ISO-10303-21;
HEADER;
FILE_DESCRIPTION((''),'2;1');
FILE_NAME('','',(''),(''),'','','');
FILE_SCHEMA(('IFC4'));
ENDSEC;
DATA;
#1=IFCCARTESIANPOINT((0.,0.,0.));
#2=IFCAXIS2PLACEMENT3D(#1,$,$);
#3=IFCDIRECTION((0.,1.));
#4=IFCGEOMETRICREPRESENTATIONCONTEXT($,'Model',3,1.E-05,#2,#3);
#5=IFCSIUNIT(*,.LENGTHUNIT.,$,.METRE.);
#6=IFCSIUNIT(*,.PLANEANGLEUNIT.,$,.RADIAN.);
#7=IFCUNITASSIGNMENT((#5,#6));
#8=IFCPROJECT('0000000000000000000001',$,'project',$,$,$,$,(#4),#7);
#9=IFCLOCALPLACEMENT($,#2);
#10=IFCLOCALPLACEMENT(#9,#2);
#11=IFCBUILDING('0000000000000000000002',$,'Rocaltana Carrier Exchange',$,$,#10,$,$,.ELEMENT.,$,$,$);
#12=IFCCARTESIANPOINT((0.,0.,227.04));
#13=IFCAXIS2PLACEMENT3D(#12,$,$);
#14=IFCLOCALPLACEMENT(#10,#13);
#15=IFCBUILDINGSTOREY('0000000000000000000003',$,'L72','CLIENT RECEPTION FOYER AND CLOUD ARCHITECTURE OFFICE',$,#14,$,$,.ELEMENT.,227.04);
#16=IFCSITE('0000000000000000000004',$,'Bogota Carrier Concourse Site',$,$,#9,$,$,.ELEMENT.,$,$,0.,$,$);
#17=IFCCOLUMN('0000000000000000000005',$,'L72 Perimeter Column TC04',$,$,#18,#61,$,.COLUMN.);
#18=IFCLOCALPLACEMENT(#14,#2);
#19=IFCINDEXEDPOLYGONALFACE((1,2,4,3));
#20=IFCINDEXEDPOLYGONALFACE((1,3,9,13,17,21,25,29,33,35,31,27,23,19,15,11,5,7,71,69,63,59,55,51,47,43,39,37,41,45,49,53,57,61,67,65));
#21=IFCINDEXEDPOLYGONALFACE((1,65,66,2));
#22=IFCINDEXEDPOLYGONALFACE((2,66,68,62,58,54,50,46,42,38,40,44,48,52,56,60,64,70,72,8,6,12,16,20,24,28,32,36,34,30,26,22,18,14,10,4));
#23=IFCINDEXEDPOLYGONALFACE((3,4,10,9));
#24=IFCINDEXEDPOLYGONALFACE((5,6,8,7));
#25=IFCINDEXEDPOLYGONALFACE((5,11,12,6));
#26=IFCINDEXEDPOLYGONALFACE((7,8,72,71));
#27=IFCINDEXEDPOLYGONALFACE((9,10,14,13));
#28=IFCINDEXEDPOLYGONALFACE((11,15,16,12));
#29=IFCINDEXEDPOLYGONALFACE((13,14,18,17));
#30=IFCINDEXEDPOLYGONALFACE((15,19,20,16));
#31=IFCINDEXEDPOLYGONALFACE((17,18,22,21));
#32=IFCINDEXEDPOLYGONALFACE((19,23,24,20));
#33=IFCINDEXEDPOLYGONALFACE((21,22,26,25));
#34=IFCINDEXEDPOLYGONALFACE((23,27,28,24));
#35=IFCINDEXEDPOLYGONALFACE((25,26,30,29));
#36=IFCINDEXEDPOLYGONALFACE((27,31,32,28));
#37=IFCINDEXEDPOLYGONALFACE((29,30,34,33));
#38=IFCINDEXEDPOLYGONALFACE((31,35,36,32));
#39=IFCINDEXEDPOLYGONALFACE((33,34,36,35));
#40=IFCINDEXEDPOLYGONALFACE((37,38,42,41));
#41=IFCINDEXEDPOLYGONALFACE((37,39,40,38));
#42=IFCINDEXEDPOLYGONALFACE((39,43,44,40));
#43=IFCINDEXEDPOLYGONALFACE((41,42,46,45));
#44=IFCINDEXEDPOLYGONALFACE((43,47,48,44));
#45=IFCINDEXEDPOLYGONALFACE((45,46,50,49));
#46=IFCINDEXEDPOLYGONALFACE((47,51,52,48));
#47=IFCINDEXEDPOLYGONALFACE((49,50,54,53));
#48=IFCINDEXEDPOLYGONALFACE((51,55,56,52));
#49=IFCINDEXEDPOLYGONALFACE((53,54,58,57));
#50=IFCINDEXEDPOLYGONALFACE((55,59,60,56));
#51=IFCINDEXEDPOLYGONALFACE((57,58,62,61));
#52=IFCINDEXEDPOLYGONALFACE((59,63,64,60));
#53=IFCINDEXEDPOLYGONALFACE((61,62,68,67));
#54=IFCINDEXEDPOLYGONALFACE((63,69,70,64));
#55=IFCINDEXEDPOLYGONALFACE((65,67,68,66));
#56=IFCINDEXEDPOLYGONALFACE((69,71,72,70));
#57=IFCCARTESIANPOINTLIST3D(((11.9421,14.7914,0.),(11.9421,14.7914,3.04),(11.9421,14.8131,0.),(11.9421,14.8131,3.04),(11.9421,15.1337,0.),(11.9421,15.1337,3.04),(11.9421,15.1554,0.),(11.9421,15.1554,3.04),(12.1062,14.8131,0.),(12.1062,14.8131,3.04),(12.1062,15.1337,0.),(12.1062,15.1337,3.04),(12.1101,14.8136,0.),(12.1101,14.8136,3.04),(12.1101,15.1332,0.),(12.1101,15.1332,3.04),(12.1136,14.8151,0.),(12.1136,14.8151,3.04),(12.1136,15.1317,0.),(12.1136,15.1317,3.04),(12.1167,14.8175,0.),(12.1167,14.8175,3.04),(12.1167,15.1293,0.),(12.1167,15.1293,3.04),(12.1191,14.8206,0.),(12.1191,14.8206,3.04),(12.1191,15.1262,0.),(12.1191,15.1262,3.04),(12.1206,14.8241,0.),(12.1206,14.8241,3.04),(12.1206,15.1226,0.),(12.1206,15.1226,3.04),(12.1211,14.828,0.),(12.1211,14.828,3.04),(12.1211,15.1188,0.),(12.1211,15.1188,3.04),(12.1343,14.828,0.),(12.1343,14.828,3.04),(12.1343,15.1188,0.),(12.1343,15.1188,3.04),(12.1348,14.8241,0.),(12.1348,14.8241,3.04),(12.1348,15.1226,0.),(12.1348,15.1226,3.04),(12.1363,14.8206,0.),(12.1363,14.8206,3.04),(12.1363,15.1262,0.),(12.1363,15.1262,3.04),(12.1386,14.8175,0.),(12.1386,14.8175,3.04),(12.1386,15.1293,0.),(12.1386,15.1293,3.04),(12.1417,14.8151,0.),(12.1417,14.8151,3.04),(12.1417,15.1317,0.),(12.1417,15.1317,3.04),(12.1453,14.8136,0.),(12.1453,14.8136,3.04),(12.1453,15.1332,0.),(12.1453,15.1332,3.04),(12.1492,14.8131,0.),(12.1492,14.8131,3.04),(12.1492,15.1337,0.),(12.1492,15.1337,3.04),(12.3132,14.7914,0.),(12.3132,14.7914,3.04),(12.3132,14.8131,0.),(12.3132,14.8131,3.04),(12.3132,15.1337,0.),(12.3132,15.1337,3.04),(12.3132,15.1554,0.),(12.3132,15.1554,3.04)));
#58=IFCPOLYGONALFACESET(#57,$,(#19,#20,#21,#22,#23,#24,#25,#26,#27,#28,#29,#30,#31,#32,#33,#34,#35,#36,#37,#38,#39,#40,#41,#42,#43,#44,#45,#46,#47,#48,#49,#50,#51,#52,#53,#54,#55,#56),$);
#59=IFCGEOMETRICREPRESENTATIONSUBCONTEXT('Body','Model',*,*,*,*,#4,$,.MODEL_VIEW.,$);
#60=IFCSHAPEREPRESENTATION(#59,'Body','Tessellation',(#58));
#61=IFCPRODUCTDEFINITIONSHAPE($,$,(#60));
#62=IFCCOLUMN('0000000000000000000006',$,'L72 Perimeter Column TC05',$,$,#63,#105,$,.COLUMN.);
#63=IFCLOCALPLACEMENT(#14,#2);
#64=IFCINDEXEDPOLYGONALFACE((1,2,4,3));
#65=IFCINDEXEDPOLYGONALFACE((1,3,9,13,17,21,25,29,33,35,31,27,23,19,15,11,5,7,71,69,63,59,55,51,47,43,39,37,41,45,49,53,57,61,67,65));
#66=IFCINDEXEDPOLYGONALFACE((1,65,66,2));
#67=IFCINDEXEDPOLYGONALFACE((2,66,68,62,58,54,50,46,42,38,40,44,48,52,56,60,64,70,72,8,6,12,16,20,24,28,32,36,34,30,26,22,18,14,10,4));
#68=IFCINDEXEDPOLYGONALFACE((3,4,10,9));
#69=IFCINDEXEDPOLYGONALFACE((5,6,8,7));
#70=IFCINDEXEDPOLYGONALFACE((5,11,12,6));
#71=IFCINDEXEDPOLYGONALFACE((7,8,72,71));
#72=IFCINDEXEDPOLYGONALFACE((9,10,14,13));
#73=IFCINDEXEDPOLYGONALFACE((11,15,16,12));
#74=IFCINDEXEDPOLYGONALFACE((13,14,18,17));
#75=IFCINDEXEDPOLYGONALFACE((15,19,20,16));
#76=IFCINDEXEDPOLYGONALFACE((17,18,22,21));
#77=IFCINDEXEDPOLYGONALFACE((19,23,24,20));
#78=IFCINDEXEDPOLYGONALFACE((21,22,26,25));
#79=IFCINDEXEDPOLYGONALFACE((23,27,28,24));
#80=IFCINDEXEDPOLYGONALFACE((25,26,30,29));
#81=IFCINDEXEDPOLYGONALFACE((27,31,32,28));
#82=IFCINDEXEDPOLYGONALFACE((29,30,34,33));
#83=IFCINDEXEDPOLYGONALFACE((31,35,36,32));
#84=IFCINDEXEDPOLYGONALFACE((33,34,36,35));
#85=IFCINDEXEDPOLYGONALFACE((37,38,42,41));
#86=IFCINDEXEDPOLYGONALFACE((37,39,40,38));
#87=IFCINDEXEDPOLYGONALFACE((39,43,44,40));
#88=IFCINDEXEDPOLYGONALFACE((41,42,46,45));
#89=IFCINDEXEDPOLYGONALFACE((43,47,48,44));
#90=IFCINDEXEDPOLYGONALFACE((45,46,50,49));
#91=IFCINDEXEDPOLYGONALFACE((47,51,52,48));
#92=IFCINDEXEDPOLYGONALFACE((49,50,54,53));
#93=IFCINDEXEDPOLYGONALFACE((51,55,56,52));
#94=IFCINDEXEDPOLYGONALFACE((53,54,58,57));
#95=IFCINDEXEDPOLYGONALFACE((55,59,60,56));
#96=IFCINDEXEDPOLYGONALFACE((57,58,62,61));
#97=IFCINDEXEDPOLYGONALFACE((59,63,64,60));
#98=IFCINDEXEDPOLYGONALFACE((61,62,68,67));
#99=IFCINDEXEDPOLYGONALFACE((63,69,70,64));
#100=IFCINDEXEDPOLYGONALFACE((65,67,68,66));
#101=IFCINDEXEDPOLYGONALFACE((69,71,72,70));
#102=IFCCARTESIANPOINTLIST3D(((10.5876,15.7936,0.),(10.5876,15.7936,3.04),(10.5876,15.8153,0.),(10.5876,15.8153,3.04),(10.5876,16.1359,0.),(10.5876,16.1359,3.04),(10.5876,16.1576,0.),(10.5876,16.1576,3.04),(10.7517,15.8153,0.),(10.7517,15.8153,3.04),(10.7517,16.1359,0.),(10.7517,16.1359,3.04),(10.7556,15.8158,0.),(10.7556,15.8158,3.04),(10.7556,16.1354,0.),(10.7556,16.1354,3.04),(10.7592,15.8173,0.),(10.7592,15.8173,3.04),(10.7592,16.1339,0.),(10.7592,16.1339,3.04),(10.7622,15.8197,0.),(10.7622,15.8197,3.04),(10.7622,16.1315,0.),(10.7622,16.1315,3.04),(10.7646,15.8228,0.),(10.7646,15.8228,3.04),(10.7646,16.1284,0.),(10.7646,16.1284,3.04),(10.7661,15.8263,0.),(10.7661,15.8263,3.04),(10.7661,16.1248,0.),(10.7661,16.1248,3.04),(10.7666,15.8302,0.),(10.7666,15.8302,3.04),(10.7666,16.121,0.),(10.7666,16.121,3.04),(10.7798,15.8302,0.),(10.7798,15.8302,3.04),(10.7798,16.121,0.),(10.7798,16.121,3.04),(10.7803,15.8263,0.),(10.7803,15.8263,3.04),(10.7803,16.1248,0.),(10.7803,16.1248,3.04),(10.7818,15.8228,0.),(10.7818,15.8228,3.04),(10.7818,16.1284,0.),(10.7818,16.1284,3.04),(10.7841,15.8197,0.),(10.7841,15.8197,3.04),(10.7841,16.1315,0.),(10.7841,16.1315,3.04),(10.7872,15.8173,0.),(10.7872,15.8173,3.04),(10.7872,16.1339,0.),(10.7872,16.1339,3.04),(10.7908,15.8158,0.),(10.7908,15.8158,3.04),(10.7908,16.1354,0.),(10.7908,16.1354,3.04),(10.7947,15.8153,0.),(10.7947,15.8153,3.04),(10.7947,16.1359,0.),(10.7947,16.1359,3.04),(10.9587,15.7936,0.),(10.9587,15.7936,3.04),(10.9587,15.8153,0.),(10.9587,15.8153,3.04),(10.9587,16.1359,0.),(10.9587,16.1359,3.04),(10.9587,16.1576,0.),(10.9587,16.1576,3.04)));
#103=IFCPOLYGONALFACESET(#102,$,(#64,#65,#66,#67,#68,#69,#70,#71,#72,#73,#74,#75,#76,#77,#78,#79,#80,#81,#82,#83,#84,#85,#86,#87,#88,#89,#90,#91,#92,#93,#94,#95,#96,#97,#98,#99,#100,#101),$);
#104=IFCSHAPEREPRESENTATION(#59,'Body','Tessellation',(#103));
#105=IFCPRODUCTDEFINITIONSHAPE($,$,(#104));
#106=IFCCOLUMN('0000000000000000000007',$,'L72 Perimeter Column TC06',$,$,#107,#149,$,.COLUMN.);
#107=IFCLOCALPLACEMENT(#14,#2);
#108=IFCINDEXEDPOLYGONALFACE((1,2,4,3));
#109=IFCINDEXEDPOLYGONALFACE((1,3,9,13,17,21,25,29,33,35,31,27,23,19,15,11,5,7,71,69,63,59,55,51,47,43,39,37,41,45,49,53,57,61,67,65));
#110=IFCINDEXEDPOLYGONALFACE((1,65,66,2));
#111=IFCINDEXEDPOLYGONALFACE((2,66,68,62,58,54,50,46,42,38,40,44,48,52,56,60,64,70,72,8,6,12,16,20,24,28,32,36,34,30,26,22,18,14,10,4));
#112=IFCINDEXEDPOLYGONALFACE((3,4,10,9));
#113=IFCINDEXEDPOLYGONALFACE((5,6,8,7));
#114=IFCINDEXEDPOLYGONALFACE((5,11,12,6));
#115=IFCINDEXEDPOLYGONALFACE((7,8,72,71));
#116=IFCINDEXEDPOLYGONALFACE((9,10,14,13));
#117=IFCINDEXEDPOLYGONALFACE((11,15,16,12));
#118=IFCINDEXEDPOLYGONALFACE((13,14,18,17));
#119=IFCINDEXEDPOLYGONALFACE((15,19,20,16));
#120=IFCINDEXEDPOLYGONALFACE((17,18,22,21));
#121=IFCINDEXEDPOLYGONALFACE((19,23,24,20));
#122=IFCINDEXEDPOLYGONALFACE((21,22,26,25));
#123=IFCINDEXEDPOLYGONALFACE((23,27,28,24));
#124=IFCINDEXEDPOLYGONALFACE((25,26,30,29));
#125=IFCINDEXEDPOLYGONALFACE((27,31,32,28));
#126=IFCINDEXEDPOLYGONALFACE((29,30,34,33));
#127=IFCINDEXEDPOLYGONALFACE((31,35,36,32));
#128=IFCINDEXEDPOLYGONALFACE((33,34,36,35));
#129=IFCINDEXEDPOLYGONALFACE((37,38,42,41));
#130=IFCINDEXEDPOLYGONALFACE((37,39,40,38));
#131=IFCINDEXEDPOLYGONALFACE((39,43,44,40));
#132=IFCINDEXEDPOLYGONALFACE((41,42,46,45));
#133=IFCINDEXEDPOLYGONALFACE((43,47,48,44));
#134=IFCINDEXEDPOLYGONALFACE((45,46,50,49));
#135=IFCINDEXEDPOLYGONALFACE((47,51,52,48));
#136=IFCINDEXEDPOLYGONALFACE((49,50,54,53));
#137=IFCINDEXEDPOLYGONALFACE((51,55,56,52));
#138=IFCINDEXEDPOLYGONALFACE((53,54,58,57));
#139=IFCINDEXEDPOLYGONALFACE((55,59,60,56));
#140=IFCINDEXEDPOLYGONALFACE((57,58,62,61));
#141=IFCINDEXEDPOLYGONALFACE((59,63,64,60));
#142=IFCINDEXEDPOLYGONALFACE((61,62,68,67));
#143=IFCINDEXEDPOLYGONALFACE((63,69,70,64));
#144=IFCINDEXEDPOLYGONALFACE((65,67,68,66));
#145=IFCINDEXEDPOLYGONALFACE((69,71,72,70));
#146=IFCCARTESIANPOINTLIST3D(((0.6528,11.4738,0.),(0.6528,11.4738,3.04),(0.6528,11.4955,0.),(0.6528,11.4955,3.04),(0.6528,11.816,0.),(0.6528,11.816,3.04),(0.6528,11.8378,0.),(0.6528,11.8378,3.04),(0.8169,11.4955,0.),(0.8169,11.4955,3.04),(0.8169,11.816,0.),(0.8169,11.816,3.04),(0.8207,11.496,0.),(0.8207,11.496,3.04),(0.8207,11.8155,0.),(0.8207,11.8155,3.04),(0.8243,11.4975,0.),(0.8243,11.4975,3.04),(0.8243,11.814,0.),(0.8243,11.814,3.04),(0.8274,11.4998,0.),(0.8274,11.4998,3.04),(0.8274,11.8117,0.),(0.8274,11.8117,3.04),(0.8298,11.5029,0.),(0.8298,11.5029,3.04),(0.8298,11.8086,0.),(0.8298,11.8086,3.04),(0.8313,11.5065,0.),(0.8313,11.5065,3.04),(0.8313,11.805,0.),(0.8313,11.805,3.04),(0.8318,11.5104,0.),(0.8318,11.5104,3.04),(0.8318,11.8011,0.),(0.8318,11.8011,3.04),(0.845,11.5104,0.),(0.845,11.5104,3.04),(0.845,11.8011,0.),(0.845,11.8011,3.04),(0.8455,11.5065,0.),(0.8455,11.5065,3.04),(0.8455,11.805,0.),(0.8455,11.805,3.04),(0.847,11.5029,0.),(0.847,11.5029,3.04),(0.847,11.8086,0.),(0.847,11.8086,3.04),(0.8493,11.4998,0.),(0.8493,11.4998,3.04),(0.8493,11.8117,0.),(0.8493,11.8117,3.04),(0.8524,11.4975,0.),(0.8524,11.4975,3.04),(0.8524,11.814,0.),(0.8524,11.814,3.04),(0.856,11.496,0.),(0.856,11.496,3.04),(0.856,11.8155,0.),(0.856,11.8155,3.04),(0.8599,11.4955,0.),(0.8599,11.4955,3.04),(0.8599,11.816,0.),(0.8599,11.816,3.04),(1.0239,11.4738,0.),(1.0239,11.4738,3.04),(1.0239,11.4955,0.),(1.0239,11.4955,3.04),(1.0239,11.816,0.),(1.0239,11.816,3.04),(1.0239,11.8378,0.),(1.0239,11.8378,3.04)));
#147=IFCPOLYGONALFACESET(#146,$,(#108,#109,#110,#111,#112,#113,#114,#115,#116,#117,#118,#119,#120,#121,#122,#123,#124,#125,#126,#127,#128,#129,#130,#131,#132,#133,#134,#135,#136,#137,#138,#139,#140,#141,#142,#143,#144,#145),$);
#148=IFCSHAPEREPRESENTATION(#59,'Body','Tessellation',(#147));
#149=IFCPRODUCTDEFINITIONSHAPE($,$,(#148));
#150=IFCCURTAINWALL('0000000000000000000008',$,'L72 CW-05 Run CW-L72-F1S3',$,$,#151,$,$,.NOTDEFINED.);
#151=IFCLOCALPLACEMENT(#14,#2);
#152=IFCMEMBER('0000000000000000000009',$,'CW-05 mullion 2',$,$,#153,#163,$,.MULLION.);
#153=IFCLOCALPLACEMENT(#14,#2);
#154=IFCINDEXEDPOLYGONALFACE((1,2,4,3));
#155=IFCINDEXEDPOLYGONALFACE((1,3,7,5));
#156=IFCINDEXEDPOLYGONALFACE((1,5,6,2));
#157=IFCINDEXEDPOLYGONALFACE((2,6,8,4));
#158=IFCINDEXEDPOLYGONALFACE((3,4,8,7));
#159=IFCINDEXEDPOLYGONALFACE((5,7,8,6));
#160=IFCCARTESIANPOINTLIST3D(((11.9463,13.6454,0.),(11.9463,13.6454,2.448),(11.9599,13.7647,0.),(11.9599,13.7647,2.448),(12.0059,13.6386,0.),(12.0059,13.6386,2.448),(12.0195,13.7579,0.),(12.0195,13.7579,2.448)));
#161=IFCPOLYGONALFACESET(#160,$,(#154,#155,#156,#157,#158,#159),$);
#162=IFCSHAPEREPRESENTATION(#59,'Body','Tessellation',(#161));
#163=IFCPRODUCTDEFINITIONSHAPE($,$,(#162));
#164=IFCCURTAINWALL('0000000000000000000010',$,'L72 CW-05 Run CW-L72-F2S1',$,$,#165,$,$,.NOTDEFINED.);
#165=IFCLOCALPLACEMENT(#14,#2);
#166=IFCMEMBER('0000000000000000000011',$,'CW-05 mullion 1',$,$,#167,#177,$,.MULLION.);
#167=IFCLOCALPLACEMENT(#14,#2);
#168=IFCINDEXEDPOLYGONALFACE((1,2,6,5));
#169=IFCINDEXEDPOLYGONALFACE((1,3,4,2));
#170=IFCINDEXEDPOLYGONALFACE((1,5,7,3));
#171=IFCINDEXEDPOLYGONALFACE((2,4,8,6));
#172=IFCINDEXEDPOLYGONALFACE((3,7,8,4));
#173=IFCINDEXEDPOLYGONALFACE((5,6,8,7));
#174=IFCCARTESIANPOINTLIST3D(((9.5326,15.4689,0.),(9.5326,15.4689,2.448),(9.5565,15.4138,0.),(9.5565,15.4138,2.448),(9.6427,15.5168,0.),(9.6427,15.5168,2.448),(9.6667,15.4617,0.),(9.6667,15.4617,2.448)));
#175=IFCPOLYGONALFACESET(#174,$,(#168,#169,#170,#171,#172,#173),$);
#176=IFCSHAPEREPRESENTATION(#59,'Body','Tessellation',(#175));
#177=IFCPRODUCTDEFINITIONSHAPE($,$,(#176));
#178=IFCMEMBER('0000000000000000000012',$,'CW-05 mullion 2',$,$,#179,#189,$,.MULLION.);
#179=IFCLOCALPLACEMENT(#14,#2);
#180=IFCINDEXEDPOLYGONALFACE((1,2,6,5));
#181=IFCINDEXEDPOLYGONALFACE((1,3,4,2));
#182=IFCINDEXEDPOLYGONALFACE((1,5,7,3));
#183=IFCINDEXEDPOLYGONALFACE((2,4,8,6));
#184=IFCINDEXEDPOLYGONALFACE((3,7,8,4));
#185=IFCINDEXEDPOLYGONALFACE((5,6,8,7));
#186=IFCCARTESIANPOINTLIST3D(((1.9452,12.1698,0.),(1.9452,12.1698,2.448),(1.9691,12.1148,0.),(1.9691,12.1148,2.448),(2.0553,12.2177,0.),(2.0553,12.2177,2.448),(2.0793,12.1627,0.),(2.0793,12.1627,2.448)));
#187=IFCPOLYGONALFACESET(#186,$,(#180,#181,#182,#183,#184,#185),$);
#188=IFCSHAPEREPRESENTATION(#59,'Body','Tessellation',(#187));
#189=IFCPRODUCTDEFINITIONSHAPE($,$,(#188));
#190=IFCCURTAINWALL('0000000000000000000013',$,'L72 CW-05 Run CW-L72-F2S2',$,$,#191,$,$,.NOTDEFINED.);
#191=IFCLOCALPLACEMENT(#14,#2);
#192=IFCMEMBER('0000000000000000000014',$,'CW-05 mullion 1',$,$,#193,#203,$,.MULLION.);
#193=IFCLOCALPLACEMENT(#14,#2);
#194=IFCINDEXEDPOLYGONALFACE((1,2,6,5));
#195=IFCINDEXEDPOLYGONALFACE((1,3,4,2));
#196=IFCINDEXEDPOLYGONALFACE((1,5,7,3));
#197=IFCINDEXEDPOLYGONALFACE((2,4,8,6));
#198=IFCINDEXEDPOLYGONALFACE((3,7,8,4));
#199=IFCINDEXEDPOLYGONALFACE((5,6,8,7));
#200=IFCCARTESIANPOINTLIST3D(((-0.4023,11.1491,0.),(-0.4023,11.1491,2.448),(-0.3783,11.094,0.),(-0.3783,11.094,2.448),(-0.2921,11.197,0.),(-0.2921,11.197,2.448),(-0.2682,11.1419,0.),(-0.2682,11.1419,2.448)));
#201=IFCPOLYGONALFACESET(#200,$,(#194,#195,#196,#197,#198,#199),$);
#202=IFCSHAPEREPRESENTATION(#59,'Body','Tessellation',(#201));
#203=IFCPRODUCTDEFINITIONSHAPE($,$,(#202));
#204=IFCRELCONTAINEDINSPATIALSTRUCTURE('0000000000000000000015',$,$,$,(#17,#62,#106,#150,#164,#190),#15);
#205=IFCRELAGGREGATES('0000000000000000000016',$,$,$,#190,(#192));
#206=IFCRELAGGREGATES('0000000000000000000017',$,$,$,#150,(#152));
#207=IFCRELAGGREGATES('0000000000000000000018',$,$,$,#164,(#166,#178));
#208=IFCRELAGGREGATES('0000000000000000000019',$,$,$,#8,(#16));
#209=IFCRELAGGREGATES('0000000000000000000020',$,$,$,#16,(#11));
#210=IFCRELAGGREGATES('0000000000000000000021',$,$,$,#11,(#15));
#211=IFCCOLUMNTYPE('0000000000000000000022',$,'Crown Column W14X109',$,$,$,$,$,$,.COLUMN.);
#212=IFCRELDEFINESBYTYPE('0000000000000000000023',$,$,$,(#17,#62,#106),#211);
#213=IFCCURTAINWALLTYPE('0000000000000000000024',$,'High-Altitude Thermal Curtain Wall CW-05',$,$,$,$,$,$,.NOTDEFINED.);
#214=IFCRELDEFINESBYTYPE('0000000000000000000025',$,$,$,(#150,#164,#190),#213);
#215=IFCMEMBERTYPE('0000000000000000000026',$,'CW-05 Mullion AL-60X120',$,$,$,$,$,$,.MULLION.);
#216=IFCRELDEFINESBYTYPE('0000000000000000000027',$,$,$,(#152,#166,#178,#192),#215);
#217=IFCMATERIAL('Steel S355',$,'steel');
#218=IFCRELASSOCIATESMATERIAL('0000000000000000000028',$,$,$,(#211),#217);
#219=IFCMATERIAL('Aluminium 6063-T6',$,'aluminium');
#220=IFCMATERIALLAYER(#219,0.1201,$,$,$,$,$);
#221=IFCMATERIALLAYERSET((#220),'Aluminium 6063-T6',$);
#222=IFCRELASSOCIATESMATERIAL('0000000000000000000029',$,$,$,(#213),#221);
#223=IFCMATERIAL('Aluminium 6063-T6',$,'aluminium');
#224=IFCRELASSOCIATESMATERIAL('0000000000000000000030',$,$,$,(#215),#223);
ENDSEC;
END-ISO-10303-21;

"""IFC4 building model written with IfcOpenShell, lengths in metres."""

from ifc_helpers import new_model, si_unit, direction, frame, origin, origin_2d, place, context, subcontext, project, spatial, rectangle, i_section, extrude, material, layer, layer_set, material_profile, profile_set, type_object, element, aggregate, save


model = new_model("IFC4")

# Units and contexts
model_context = context("Model", 3, precision=1e-05, world=origin(), true_north=direction((0.0, 1.0)))
body_context = subcontext(model_context, "Body", "Model", "MODEL_VIEW")
ifc_project = project(units=[si_unit("LENGTHUNIT", "METRE"), si_unit("PLANEANGLEUNIT", "RADIAN")], contexts=[model_context])

# Site, building, storey
site_placement = place(None, origin())
site = spatial("IfcSite", under=ifc_project, at=site_placement, Name="Bogota Carrier Concourse Site", CompositionType="ELEMENT", RefElevation=0.0)
building_placement = place(site_placement, origin())
building = spatial("IfcBuilding", under=site, at=building_placement, Name="Rocaltana Carrier Exchange", CompositionType="ELEMENT")
storey_placement = place(building_placement, frame((0.0, 0.0, 227.04)))
storey = spatial("IfcBuildingStorey", under=building, at=storey_placement, Name="L72", Description="CLIENT RECEPTION FOYER AND CLOUD ARCHITECTURE OFFICE", CompositionType="ELEMENT", Elevation=227.04)

# Columns
ifc_material_1 = material(Name="Steel S355", Category="steel")
ifc_material_profile_1 = material_profile(ifc_material_1, i_section(OverallWidth=0.3711, OverallDepth=0.364, WebThickness=0.0132, FlangeThickness=0.0217, FilletRadius=0.0149, at=origin_2d()), Name="W14X109")
ifc_profile_set_1 = profile_set([ifc_material_profile_1], Name="Steel S355")
column_type = type_object("IfcColumnType", Name="Crown Column W14X109", PredefinedType="COLUMN", material=ifc_profile_set_1)
for number, where, z_axis, x_axis, name in (
    (1, (12.1277, 14.9734, 0.0), (0.0, 0.0, 1.0), (1.0, 0.0, 0.0), "L72 Perimeter Column TC04"),
    (2, (10.7732, 15.9756, 0.0), (0.0, 0.0, 1.0), (1.0, 0.0, 0.0), "L72 Perimeter Column TC05"),
    (3, (0.8384, 11.6558, 0.0), (0.0, 0.0, 1.0), (1.0, 0.0, 0.0), "L72 Perimeter Column TC06"),
):
    element("IfcColumn", number, at=place(storey_placement, frame(where, z_axis=z_axis, x_axis=x_axis)), inside=storey, type_object=column_type, Name=name, PredefinedType="COLUMN", context=body_context, shape_type="SweptSolid", body=[
        extrude(i_section(OverallWidth=0.3711, OverallDepth=0.364, WebThickness=0.0132, FlangeThickness=0.0217, FilletRadius=0.0149, at=origin_2d()), origin(), (0.0, 0.0, 1.0), 3.04),
    ])

# Curtain wall, member
ifc_material_2 = material(Name="Aluminium 6063-T6", Category="aluminium")
ifc_layer_1 = layer(ifc_material_2, 0.1201)
ifc_layer_set_1 = layer_set([ifc_layer_1], Name="Aluminium 6063-T6")
curtain_wall_type = type_object("IfcCurtainWallType", Name="High-Altitude Thermal Curtain Wall CW-05", PredefinedType="NOTDEFINED", material=ifc_layer_set_1)
curtain_wall_1_placement = place(storey_placement, origin())
curtain_wall_1 = element("IfcCurtainWall", 4, at=curtain_wall_1_placement, inside=storey, type_object=curtain_wall_type, Name="L72 CW-05 Run CW-L72-F1S3", PredefinedType="NOTDEFINED")
ifc_material_3 = material(Name="Aluminium 6063-T6", Category="aluminium")
ifc_material_profile_2 = material_profile(ifc_material_3, rectangle(XDim=0.0601, YDim=0.1201, at=origin_2d()), Name="AL-60X120")
ifc_profile_set_2 = profile_set([ifc_material_profile_2], Name="Aluminium 6063-T6")
member_type_1 = type_object("IfcMemberType", Name="CW-05 Mullion AL-60X120", PredefinedType="MULLION", material=ifc_profile_set_2)
member_1_placement = place(storey_placement, frame((11.9829, 13.7017, 0.0), z_axis=(0.0, 0.0, 1.0), x_axis=(-0.993573, 0.113197, 0.0)))
member_1 = element("IfcMember", 5, at=member_1_placement, type_object=member_type_1, Name="CW-05 mullion 2", PredefinedType="MULLION", context=body_context, shape_type="SweptSolid", body=[
    extrude(rectangle(XDim=0.0601, YDim=0.1201, at=origin_2d()), origin(), (0.0, 0.0, 1.0), 2.448),
])

# Curtain wall, members
curtain_wall_2_placement = place(storey_placement, origin())
curtain_wall_2 = element("IfcCurtainWall", 6, at=curtain_wall_2_placement, inside=storey, type_object=curtain_wall_type, Name="L72 CW-05 Run CW-L72-F2S1", PredefinedType="NOTDEFINED")
member_2_placement = place(storey_placement, frame((9.5996, 15.4653, 0.0), z_axis=(0.0, 0.0, 1.0), x_axis=(0.398757, -0.917057, 0.0)))
member_2 = element("IfcMember", 7, at=member_2_placement, type_object=member_type_1, Name="CW-05 mullion 1", PredefinedType="MULLION", context=body_context, shape_type="SweptSolid", body=[
    extrude(rectangle(XDim=0.0601, YDim=0.1201, at=origin_2d()), origin(), (0.0, 0.0, 1.0), 2.448),
])
member_3_placement = place(storey_placement, frame((2.0122, 12.1663, 0.0), z_axis=(0.0, 0.0, 1.0), x_axis=(0.398757, -0.917057, 0.0)))
member_3 = element("IfcMember", 8, at=member_3_placement, type_object=member_type_1, Name="CW-05 mullion 2", PredefinedType="MULLION", context=body_context, shape_type="SweptSolid", body=[
    extrude(rectangle(XDim=0.0601, YDim=0.1201, at=origin_2d()), origin(), (0.0, 0.0, 1.0), 2.448),
])

# Curtain wall, member
curtain_wall_3_placement = place(storey_placement, origin())
curtain_wall_3 = element("IfcCurtainWall", 9, at=curtain_wall_3_placement, inside=storey, type_object=curtain_wall_type, Name="L72 CW-05 Run CW-L72-F2S2", PredefinedType="NOTDEFINED")
member_4_placement = place(storey_placement, frame((-0.3352, 11.1455, 0.0), z_axis=(0.0, 0.0, 1.0), x_axis=(0.398752, -0.917059, 0.0)))
member_4 = element("IfcMember", 10, at=member_4_placement, type_object=member_type_1, Name="CW-05 mullion 1", PredefinedType="MULLION", context=body_context, shape_type="SweptSolid", body=[
    extrude(rectangle(XDim=0.0601, YDim=0.1201, at=origin_2d()), origin(), (0.0, 0.0, 1.0), 2.448),
])

aggregate(curtain_wall_3, [member_4])

aggregate(curtain_wall_1, [member_1])
aggregate(curtain_wall_2, [member_2, member_3])

save(model, "model.ifc")
